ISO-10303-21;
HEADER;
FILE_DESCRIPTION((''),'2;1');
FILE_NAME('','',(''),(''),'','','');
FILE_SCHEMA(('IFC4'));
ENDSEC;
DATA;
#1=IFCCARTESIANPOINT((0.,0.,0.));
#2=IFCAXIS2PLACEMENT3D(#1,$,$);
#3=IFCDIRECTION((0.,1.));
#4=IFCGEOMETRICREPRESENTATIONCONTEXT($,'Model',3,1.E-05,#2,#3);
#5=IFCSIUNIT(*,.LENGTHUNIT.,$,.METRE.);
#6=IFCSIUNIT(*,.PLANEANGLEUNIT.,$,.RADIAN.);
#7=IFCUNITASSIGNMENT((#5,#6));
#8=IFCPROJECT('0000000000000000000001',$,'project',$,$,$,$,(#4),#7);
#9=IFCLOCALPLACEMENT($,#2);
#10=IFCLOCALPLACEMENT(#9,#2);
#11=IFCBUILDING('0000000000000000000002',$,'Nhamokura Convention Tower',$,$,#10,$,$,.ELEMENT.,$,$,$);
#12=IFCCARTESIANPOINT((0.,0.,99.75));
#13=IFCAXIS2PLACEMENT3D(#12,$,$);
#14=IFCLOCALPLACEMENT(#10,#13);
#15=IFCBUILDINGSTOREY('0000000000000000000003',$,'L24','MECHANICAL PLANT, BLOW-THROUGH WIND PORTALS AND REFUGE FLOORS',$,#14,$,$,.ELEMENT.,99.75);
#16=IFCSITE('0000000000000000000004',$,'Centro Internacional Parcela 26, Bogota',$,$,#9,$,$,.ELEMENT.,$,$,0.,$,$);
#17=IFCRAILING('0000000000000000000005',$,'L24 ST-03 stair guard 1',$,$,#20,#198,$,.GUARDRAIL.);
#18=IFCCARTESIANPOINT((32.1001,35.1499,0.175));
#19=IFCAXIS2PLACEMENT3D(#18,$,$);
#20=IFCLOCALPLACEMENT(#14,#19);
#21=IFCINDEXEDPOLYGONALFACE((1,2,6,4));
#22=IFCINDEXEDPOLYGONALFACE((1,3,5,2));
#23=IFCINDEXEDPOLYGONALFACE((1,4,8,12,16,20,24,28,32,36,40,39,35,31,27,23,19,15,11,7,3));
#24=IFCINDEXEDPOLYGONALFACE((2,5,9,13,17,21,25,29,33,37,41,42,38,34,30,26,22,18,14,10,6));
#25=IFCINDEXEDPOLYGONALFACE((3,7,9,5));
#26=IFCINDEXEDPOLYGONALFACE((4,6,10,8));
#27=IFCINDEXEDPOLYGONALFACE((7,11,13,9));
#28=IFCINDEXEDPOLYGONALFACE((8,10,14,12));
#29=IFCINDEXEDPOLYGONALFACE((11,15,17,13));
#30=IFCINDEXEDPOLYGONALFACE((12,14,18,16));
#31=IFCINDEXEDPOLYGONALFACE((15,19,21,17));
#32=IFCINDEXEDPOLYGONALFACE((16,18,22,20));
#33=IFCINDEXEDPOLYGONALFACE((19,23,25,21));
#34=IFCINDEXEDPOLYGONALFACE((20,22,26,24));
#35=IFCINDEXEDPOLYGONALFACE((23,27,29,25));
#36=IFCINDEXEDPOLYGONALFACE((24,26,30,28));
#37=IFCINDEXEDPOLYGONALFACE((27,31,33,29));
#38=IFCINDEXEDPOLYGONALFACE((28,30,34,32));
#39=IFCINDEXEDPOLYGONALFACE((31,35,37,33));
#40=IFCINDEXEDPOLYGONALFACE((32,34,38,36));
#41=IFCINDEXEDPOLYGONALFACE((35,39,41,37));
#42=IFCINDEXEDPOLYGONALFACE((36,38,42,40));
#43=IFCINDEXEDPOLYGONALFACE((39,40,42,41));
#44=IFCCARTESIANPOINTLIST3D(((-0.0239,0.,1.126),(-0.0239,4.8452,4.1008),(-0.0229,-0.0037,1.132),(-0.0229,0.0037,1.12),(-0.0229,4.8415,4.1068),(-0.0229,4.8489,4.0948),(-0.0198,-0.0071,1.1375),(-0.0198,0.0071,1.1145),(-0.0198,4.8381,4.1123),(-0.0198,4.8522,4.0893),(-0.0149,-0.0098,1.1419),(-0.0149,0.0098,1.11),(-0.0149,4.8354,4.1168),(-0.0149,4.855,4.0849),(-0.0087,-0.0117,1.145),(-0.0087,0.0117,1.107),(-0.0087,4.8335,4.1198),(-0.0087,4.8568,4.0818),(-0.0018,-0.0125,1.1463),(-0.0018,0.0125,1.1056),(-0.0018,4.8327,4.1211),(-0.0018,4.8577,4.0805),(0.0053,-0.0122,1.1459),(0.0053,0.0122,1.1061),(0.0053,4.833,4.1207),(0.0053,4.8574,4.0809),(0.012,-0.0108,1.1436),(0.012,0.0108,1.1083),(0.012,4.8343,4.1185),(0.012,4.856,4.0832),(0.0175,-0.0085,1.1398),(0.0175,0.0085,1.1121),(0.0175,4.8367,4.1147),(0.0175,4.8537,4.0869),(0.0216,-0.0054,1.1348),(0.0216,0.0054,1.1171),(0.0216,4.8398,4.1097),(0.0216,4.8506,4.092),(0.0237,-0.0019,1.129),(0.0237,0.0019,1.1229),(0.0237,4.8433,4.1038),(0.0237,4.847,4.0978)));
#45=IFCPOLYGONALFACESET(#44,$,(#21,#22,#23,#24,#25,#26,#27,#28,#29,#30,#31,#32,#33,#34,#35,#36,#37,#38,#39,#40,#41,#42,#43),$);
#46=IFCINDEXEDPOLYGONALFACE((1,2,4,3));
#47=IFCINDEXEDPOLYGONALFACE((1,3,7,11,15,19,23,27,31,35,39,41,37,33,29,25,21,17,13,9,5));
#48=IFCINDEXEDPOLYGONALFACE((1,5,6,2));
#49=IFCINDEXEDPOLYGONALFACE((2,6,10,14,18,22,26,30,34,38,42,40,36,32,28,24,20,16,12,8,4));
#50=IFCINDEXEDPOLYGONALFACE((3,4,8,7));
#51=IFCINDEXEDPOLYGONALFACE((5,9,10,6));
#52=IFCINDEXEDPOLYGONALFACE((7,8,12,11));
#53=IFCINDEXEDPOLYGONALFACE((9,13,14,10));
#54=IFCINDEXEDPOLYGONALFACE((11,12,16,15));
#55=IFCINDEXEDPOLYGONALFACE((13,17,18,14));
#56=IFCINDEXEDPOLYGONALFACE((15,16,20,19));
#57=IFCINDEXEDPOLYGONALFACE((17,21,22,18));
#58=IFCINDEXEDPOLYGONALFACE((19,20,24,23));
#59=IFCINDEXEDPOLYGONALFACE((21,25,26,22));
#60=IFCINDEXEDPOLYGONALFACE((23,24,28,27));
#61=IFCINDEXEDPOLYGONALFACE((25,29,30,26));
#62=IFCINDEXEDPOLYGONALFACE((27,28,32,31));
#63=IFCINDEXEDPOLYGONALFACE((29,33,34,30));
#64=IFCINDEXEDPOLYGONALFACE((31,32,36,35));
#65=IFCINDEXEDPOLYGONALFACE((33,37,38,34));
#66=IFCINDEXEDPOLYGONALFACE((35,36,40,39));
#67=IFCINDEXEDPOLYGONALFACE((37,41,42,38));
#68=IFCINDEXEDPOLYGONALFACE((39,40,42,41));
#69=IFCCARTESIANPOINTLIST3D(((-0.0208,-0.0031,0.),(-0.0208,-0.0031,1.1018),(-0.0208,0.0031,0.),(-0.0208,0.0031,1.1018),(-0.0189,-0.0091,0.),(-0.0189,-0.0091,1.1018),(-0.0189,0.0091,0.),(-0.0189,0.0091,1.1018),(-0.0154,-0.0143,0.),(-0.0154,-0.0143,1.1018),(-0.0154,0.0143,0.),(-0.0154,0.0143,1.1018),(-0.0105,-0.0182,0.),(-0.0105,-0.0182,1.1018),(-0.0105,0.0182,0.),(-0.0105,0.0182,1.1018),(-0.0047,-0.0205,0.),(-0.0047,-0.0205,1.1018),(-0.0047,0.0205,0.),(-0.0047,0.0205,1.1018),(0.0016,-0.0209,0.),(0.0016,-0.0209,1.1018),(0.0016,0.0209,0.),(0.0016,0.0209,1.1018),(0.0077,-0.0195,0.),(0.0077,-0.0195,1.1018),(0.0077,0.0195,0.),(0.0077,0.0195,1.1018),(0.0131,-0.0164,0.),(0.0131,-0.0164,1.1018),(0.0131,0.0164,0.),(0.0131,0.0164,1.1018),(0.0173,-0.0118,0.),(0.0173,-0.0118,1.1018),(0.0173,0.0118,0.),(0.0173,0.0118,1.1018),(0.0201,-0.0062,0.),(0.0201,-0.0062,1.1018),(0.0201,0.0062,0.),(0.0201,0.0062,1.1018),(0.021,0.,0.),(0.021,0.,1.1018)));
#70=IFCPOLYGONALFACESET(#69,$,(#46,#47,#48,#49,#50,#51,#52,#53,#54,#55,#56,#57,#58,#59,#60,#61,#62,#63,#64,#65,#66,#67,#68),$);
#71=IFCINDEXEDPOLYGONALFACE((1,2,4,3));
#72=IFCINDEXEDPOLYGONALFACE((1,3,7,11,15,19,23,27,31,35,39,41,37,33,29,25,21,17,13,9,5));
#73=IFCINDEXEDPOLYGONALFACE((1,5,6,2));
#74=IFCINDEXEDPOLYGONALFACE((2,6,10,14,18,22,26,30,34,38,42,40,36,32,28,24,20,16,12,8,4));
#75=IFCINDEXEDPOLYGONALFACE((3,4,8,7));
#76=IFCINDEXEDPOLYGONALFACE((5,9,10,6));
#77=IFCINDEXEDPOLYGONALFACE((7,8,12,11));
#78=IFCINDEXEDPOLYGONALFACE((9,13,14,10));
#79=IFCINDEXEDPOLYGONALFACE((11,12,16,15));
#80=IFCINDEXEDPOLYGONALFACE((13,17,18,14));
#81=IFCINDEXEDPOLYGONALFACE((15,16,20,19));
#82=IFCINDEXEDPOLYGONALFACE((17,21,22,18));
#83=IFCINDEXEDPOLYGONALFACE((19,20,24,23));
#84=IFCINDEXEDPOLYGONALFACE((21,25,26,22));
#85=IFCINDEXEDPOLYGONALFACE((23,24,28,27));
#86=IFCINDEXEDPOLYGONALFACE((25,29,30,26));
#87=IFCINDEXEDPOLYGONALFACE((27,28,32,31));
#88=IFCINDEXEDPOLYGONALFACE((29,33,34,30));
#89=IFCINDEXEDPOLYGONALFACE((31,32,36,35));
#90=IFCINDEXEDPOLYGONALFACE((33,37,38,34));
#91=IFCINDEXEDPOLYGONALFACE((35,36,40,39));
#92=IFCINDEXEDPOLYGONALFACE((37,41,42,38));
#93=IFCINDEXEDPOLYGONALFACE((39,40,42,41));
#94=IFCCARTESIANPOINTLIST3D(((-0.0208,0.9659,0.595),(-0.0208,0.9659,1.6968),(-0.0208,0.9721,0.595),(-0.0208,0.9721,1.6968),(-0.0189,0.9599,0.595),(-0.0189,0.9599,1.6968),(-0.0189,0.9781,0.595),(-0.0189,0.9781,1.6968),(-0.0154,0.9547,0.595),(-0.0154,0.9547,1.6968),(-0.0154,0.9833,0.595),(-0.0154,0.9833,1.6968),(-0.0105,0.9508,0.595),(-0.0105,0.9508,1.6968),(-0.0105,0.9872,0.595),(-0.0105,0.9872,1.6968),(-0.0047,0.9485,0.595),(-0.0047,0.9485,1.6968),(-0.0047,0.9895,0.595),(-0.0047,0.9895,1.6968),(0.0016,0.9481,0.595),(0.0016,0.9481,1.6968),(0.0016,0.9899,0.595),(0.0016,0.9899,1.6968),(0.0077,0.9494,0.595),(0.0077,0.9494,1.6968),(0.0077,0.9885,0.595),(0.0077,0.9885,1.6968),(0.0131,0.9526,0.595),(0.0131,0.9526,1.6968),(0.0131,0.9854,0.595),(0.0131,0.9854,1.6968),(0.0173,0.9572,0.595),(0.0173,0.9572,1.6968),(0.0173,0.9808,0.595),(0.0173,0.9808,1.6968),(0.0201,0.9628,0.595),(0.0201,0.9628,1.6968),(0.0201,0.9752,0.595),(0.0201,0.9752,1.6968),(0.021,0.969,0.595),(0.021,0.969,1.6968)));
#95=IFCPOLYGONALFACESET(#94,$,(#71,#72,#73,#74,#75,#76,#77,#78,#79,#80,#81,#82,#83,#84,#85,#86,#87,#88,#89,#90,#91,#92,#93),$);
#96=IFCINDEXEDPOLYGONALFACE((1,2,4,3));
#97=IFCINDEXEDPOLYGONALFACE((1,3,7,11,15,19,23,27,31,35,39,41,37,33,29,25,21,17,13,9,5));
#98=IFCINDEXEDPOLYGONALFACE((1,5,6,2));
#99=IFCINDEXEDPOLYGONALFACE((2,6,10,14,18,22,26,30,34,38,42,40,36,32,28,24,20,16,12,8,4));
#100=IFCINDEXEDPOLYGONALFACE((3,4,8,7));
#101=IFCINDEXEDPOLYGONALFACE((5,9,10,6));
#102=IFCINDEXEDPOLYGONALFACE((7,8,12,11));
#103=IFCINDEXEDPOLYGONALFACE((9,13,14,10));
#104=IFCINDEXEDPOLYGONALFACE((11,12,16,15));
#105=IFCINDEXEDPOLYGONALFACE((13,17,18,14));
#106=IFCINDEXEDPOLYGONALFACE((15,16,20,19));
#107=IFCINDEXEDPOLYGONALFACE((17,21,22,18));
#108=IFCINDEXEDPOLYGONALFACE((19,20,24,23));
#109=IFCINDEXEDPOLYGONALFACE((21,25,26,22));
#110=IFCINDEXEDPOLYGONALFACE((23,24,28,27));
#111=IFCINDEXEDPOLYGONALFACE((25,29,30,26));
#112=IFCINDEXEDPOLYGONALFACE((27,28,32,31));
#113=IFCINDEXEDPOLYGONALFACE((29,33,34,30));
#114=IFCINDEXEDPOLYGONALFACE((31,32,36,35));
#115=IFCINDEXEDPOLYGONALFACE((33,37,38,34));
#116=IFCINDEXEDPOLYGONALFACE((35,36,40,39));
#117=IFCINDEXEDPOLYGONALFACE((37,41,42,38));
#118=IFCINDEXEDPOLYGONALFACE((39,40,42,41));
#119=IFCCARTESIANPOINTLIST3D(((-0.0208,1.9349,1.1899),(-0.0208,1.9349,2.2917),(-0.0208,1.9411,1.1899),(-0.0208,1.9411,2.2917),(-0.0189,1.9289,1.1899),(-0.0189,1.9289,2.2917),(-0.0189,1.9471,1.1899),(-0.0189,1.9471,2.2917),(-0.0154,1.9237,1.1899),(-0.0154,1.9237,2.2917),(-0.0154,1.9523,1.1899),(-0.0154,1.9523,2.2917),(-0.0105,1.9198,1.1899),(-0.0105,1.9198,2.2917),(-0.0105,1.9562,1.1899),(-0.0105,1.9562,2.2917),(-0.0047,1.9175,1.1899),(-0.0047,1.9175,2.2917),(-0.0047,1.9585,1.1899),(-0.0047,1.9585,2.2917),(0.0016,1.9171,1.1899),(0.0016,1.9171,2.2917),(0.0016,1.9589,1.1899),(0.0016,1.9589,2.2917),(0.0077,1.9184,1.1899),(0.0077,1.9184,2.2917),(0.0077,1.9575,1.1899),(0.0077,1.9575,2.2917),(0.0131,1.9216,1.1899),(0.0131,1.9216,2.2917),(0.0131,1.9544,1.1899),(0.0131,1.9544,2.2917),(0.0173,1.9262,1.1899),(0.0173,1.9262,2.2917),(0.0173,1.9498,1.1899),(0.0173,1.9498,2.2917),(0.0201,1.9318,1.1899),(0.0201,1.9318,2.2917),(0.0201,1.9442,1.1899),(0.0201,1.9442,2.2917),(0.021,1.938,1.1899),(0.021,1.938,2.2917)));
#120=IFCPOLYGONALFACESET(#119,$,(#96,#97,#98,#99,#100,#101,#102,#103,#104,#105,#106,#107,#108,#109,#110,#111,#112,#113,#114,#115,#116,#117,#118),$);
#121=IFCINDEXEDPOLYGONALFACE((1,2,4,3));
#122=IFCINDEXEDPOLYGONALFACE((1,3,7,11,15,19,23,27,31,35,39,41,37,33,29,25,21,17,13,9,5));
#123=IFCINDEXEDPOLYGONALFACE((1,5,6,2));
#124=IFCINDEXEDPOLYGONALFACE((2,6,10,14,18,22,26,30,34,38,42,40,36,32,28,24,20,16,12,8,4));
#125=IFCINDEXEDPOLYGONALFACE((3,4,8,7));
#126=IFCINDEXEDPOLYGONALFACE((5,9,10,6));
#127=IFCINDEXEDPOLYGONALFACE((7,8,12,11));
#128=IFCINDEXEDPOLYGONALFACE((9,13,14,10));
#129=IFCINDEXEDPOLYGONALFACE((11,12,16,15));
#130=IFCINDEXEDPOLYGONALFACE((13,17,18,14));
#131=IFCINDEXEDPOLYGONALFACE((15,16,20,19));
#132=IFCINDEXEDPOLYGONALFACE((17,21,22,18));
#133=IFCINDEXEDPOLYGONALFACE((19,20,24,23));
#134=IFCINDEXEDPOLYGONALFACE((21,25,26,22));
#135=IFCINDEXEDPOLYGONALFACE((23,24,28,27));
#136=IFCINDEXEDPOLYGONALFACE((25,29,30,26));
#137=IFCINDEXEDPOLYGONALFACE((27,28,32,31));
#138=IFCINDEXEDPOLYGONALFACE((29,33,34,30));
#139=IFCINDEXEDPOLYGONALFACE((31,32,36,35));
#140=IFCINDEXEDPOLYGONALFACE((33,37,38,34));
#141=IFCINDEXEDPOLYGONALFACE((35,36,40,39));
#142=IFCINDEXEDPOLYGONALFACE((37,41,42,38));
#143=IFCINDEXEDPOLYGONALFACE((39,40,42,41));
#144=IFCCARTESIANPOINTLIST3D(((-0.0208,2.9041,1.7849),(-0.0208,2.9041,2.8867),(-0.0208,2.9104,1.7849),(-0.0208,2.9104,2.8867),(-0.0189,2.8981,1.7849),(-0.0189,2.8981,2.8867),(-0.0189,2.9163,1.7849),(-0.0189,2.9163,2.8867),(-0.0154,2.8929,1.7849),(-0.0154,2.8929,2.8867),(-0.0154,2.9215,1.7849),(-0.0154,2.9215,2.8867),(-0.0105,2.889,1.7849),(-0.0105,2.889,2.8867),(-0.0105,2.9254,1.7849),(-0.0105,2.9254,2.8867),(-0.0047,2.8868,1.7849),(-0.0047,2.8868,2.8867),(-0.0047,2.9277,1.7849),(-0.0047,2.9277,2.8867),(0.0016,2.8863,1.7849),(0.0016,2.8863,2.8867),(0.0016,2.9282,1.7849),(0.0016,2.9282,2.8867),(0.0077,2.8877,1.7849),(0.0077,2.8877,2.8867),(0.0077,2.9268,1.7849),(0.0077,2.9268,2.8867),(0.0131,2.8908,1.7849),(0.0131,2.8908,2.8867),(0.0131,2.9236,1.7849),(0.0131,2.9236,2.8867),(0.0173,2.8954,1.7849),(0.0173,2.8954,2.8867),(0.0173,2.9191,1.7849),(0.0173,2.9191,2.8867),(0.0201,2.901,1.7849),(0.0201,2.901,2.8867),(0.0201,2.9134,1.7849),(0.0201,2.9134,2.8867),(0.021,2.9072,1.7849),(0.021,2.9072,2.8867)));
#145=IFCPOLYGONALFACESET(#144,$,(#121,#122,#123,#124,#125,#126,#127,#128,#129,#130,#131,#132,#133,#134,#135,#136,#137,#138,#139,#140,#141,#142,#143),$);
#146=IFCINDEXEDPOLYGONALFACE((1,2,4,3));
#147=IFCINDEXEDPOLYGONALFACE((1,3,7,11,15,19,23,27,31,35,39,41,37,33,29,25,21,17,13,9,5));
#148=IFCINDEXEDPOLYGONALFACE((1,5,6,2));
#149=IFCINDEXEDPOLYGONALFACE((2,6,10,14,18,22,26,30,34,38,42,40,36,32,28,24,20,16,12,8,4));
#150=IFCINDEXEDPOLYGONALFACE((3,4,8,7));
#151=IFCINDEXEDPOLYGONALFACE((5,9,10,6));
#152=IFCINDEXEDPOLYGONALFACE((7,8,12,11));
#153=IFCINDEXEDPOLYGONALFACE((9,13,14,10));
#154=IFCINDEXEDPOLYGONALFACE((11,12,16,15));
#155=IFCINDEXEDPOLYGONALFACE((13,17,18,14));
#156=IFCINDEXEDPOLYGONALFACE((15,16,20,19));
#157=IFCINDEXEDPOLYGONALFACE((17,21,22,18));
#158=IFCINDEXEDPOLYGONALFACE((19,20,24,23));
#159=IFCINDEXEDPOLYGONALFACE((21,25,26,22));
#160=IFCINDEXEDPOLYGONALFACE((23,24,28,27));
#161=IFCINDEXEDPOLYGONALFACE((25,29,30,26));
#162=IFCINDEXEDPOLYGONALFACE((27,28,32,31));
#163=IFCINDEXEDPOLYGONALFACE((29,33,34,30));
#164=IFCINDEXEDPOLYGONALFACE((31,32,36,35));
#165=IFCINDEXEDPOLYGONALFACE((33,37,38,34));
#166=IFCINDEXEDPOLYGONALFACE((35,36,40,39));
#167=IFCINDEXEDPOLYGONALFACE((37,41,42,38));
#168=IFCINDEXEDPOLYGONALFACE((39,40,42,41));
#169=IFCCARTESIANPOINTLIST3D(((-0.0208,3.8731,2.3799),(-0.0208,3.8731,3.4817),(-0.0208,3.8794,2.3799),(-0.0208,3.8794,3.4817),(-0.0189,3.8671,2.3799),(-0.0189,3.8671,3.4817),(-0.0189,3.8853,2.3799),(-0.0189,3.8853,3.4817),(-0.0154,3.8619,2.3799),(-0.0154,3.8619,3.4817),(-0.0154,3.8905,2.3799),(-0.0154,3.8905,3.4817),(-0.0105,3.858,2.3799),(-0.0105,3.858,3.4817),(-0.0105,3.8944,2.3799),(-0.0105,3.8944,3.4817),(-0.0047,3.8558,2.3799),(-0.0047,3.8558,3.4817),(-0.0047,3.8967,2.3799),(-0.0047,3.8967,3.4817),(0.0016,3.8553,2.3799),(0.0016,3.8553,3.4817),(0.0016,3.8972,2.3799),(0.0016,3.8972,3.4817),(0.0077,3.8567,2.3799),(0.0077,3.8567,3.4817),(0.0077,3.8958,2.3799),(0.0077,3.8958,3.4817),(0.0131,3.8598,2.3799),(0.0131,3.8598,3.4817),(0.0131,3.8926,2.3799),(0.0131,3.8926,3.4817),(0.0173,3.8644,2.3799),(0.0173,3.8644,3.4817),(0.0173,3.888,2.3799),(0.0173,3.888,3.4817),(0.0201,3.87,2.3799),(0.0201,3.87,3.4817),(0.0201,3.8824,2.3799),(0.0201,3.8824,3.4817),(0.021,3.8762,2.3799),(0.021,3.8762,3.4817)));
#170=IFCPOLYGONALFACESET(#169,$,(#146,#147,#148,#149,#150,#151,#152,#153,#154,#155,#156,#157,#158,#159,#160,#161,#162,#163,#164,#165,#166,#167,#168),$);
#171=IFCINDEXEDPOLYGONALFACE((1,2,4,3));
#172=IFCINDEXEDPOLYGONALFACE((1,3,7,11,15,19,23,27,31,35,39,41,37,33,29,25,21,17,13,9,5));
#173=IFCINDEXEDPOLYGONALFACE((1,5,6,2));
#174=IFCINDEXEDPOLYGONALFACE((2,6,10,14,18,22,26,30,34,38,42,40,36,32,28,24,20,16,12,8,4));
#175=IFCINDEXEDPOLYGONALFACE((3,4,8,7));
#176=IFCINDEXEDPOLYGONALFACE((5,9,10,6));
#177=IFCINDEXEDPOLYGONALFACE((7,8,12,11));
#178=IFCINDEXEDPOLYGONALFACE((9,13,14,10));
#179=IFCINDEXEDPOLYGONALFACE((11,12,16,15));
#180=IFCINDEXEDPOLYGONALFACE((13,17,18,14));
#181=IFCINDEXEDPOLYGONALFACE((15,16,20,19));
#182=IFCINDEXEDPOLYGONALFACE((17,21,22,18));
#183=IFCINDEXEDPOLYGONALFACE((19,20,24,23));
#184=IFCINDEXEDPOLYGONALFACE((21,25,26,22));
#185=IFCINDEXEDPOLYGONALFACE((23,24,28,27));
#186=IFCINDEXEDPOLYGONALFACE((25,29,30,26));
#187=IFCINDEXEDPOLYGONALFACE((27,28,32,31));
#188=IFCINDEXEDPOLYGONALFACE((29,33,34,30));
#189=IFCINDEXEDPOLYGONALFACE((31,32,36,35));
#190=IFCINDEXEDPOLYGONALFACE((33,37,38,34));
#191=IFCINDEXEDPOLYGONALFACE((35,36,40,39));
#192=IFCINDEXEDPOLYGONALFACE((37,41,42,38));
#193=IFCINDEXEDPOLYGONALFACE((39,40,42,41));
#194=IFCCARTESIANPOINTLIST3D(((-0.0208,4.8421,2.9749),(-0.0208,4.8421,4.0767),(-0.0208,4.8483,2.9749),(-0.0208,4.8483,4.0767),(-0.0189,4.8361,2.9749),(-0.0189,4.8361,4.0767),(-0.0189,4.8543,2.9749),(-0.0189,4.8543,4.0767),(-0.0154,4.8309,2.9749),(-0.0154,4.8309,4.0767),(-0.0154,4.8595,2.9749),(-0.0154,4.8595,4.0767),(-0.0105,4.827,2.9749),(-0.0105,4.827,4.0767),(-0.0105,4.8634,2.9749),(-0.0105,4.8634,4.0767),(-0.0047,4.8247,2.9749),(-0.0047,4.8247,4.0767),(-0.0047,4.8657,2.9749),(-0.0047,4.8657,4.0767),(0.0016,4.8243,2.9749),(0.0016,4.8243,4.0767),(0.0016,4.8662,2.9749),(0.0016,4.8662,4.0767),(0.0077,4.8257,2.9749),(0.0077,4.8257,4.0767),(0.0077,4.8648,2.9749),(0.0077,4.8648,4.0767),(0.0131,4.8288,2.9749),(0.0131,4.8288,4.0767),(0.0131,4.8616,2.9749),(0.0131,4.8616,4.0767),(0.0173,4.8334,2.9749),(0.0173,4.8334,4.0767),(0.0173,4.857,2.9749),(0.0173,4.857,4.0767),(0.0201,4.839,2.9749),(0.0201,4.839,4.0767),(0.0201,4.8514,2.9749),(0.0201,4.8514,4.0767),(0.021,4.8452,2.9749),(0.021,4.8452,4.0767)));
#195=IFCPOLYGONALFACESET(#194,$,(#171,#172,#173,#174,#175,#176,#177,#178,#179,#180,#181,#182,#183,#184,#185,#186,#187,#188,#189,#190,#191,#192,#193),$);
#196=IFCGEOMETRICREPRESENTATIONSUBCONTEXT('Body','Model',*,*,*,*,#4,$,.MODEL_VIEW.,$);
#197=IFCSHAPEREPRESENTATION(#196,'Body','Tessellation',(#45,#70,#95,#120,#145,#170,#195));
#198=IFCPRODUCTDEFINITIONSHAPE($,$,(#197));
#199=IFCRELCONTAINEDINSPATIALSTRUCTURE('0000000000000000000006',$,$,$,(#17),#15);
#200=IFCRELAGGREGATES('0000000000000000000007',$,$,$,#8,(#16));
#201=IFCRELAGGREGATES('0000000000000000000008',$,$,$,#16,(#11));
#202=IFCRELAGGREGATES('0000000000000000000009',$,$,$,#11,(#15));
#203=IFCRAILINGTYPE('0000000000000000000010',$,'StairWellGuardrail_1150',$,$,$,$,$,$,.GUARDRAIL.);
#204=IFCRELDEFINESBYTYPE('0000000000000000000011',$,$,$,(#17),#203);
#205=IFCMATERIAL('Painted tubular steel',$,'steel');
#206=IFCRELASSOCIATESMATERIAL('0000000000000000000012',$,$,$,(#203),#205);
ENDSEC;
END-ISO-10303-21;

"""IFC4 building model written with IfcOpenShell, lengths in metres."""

from ifc_helpers import new_model, si_unit, direction, frame, origin, origin_2d, place, context, subcontext, project, spatial, circle, extrude, material, type_object, element, save


model = new_model("IFC4")

# Units and contexts
model_context = context("Model", 3, precision=1e-05, world=origin(), true_north=direction((0.0, 1.0)))
body_context = subcontext(model_context, "Body", "Model", "MODEL_VIEW")
ifc_project = project(units=[si_unit("LENGTHUNIT", "METRE"), si_unit("PLANEANGLEUNIT", "RADIAN")], contexts=[model_context])

# Site, building, storey
site_placement = place(None, origin())
site = spatial("IfcSite", under=ifc_project, at=site_placement, Name="Centro Internacional Parcela 26, Bogota", CompositionType="ELEMENT", RefElevation=0.0)
building_placement = place(site_placement, origin())
building = spatial("IfcBuilding", under=site, at=building_placement, Name="Nhamokura Convention Tower", CompositionType="ELEMENT")
storey_placement = place(building_placement, frame((0.0, 0.0, 99.75)))
storey = spatial("IfcBuildingStorey", under=building, at=storey_placement, Name="L24", Description="MECHANICAL PLANT, BLOW-THROUGH WIND PORTALS AND REFUGE FLOORS", CompositionType="ELEMENT", Elevation=99.75)

# Railing
ifc_material_1 = material(Name="Painted tubular steel", Category="steel")
railing_type_1 = type_object("IfcRailingType", Name="StairWellGuardrail_1150", PredefinedType="GUARDRAIL", material=ifc_material_1)
railing_1_placement = place(storey_placement, frame((32.1001, 35.1499, 0.175)))
element("IfcRailing", 1, at=railing_1_placement, inside=storey, type_object=railing_type_1, Name="L24 ST-03 stair guard 1", PredefinedType="GUARDRAIL", context=body_context, shape_type="SweptSolid", body=[
    extrude(circle(Radius=0.0239, at=origin_2d()), frame((0.0, 0.0, 1.126), z_axis=(0.0, 0.852193, 0.523227), x_axis=(-1.0, 0.0, 0.0)), (0.0, 0.0, 1.0), 5.6855),
    extrude(circle(Radius=0.021, at=origin_2d()), origin(), (0.0, 0.0, 1.0), 1.1018),
    extrude(circle(Radius=0.021, at=origin_2d()), frame((0.0, 0.969, 0.595)), (0.0, 0.0, 1.0), 1.1018),
    extrude(circle(Radius=0.021, at=origin_2d()), frame((0.0, 1.938, 1.1899)), (0.0, 0.0, 1.0), 1.1018),
    extrude(circle(Radius=0.021, at=origin_2d()), frame((0.0, 2.9072, 1.7849)), (0.0, 0.0, 1.0), 1.1018),
    extrude(circle(Radius=0.021, at=origin_2d()), frame((0.0, 3.8762, 2.3799)), (0.0, 0.0, 1.0), 1.1018),
    extrude(circle(Radius=0.021, at=origin_2d()), frame((0.0, 4.8452, 2.9749)), (0.0, 0.0, 1.0), 1.1018),
])

save(model, "model.ifc")
